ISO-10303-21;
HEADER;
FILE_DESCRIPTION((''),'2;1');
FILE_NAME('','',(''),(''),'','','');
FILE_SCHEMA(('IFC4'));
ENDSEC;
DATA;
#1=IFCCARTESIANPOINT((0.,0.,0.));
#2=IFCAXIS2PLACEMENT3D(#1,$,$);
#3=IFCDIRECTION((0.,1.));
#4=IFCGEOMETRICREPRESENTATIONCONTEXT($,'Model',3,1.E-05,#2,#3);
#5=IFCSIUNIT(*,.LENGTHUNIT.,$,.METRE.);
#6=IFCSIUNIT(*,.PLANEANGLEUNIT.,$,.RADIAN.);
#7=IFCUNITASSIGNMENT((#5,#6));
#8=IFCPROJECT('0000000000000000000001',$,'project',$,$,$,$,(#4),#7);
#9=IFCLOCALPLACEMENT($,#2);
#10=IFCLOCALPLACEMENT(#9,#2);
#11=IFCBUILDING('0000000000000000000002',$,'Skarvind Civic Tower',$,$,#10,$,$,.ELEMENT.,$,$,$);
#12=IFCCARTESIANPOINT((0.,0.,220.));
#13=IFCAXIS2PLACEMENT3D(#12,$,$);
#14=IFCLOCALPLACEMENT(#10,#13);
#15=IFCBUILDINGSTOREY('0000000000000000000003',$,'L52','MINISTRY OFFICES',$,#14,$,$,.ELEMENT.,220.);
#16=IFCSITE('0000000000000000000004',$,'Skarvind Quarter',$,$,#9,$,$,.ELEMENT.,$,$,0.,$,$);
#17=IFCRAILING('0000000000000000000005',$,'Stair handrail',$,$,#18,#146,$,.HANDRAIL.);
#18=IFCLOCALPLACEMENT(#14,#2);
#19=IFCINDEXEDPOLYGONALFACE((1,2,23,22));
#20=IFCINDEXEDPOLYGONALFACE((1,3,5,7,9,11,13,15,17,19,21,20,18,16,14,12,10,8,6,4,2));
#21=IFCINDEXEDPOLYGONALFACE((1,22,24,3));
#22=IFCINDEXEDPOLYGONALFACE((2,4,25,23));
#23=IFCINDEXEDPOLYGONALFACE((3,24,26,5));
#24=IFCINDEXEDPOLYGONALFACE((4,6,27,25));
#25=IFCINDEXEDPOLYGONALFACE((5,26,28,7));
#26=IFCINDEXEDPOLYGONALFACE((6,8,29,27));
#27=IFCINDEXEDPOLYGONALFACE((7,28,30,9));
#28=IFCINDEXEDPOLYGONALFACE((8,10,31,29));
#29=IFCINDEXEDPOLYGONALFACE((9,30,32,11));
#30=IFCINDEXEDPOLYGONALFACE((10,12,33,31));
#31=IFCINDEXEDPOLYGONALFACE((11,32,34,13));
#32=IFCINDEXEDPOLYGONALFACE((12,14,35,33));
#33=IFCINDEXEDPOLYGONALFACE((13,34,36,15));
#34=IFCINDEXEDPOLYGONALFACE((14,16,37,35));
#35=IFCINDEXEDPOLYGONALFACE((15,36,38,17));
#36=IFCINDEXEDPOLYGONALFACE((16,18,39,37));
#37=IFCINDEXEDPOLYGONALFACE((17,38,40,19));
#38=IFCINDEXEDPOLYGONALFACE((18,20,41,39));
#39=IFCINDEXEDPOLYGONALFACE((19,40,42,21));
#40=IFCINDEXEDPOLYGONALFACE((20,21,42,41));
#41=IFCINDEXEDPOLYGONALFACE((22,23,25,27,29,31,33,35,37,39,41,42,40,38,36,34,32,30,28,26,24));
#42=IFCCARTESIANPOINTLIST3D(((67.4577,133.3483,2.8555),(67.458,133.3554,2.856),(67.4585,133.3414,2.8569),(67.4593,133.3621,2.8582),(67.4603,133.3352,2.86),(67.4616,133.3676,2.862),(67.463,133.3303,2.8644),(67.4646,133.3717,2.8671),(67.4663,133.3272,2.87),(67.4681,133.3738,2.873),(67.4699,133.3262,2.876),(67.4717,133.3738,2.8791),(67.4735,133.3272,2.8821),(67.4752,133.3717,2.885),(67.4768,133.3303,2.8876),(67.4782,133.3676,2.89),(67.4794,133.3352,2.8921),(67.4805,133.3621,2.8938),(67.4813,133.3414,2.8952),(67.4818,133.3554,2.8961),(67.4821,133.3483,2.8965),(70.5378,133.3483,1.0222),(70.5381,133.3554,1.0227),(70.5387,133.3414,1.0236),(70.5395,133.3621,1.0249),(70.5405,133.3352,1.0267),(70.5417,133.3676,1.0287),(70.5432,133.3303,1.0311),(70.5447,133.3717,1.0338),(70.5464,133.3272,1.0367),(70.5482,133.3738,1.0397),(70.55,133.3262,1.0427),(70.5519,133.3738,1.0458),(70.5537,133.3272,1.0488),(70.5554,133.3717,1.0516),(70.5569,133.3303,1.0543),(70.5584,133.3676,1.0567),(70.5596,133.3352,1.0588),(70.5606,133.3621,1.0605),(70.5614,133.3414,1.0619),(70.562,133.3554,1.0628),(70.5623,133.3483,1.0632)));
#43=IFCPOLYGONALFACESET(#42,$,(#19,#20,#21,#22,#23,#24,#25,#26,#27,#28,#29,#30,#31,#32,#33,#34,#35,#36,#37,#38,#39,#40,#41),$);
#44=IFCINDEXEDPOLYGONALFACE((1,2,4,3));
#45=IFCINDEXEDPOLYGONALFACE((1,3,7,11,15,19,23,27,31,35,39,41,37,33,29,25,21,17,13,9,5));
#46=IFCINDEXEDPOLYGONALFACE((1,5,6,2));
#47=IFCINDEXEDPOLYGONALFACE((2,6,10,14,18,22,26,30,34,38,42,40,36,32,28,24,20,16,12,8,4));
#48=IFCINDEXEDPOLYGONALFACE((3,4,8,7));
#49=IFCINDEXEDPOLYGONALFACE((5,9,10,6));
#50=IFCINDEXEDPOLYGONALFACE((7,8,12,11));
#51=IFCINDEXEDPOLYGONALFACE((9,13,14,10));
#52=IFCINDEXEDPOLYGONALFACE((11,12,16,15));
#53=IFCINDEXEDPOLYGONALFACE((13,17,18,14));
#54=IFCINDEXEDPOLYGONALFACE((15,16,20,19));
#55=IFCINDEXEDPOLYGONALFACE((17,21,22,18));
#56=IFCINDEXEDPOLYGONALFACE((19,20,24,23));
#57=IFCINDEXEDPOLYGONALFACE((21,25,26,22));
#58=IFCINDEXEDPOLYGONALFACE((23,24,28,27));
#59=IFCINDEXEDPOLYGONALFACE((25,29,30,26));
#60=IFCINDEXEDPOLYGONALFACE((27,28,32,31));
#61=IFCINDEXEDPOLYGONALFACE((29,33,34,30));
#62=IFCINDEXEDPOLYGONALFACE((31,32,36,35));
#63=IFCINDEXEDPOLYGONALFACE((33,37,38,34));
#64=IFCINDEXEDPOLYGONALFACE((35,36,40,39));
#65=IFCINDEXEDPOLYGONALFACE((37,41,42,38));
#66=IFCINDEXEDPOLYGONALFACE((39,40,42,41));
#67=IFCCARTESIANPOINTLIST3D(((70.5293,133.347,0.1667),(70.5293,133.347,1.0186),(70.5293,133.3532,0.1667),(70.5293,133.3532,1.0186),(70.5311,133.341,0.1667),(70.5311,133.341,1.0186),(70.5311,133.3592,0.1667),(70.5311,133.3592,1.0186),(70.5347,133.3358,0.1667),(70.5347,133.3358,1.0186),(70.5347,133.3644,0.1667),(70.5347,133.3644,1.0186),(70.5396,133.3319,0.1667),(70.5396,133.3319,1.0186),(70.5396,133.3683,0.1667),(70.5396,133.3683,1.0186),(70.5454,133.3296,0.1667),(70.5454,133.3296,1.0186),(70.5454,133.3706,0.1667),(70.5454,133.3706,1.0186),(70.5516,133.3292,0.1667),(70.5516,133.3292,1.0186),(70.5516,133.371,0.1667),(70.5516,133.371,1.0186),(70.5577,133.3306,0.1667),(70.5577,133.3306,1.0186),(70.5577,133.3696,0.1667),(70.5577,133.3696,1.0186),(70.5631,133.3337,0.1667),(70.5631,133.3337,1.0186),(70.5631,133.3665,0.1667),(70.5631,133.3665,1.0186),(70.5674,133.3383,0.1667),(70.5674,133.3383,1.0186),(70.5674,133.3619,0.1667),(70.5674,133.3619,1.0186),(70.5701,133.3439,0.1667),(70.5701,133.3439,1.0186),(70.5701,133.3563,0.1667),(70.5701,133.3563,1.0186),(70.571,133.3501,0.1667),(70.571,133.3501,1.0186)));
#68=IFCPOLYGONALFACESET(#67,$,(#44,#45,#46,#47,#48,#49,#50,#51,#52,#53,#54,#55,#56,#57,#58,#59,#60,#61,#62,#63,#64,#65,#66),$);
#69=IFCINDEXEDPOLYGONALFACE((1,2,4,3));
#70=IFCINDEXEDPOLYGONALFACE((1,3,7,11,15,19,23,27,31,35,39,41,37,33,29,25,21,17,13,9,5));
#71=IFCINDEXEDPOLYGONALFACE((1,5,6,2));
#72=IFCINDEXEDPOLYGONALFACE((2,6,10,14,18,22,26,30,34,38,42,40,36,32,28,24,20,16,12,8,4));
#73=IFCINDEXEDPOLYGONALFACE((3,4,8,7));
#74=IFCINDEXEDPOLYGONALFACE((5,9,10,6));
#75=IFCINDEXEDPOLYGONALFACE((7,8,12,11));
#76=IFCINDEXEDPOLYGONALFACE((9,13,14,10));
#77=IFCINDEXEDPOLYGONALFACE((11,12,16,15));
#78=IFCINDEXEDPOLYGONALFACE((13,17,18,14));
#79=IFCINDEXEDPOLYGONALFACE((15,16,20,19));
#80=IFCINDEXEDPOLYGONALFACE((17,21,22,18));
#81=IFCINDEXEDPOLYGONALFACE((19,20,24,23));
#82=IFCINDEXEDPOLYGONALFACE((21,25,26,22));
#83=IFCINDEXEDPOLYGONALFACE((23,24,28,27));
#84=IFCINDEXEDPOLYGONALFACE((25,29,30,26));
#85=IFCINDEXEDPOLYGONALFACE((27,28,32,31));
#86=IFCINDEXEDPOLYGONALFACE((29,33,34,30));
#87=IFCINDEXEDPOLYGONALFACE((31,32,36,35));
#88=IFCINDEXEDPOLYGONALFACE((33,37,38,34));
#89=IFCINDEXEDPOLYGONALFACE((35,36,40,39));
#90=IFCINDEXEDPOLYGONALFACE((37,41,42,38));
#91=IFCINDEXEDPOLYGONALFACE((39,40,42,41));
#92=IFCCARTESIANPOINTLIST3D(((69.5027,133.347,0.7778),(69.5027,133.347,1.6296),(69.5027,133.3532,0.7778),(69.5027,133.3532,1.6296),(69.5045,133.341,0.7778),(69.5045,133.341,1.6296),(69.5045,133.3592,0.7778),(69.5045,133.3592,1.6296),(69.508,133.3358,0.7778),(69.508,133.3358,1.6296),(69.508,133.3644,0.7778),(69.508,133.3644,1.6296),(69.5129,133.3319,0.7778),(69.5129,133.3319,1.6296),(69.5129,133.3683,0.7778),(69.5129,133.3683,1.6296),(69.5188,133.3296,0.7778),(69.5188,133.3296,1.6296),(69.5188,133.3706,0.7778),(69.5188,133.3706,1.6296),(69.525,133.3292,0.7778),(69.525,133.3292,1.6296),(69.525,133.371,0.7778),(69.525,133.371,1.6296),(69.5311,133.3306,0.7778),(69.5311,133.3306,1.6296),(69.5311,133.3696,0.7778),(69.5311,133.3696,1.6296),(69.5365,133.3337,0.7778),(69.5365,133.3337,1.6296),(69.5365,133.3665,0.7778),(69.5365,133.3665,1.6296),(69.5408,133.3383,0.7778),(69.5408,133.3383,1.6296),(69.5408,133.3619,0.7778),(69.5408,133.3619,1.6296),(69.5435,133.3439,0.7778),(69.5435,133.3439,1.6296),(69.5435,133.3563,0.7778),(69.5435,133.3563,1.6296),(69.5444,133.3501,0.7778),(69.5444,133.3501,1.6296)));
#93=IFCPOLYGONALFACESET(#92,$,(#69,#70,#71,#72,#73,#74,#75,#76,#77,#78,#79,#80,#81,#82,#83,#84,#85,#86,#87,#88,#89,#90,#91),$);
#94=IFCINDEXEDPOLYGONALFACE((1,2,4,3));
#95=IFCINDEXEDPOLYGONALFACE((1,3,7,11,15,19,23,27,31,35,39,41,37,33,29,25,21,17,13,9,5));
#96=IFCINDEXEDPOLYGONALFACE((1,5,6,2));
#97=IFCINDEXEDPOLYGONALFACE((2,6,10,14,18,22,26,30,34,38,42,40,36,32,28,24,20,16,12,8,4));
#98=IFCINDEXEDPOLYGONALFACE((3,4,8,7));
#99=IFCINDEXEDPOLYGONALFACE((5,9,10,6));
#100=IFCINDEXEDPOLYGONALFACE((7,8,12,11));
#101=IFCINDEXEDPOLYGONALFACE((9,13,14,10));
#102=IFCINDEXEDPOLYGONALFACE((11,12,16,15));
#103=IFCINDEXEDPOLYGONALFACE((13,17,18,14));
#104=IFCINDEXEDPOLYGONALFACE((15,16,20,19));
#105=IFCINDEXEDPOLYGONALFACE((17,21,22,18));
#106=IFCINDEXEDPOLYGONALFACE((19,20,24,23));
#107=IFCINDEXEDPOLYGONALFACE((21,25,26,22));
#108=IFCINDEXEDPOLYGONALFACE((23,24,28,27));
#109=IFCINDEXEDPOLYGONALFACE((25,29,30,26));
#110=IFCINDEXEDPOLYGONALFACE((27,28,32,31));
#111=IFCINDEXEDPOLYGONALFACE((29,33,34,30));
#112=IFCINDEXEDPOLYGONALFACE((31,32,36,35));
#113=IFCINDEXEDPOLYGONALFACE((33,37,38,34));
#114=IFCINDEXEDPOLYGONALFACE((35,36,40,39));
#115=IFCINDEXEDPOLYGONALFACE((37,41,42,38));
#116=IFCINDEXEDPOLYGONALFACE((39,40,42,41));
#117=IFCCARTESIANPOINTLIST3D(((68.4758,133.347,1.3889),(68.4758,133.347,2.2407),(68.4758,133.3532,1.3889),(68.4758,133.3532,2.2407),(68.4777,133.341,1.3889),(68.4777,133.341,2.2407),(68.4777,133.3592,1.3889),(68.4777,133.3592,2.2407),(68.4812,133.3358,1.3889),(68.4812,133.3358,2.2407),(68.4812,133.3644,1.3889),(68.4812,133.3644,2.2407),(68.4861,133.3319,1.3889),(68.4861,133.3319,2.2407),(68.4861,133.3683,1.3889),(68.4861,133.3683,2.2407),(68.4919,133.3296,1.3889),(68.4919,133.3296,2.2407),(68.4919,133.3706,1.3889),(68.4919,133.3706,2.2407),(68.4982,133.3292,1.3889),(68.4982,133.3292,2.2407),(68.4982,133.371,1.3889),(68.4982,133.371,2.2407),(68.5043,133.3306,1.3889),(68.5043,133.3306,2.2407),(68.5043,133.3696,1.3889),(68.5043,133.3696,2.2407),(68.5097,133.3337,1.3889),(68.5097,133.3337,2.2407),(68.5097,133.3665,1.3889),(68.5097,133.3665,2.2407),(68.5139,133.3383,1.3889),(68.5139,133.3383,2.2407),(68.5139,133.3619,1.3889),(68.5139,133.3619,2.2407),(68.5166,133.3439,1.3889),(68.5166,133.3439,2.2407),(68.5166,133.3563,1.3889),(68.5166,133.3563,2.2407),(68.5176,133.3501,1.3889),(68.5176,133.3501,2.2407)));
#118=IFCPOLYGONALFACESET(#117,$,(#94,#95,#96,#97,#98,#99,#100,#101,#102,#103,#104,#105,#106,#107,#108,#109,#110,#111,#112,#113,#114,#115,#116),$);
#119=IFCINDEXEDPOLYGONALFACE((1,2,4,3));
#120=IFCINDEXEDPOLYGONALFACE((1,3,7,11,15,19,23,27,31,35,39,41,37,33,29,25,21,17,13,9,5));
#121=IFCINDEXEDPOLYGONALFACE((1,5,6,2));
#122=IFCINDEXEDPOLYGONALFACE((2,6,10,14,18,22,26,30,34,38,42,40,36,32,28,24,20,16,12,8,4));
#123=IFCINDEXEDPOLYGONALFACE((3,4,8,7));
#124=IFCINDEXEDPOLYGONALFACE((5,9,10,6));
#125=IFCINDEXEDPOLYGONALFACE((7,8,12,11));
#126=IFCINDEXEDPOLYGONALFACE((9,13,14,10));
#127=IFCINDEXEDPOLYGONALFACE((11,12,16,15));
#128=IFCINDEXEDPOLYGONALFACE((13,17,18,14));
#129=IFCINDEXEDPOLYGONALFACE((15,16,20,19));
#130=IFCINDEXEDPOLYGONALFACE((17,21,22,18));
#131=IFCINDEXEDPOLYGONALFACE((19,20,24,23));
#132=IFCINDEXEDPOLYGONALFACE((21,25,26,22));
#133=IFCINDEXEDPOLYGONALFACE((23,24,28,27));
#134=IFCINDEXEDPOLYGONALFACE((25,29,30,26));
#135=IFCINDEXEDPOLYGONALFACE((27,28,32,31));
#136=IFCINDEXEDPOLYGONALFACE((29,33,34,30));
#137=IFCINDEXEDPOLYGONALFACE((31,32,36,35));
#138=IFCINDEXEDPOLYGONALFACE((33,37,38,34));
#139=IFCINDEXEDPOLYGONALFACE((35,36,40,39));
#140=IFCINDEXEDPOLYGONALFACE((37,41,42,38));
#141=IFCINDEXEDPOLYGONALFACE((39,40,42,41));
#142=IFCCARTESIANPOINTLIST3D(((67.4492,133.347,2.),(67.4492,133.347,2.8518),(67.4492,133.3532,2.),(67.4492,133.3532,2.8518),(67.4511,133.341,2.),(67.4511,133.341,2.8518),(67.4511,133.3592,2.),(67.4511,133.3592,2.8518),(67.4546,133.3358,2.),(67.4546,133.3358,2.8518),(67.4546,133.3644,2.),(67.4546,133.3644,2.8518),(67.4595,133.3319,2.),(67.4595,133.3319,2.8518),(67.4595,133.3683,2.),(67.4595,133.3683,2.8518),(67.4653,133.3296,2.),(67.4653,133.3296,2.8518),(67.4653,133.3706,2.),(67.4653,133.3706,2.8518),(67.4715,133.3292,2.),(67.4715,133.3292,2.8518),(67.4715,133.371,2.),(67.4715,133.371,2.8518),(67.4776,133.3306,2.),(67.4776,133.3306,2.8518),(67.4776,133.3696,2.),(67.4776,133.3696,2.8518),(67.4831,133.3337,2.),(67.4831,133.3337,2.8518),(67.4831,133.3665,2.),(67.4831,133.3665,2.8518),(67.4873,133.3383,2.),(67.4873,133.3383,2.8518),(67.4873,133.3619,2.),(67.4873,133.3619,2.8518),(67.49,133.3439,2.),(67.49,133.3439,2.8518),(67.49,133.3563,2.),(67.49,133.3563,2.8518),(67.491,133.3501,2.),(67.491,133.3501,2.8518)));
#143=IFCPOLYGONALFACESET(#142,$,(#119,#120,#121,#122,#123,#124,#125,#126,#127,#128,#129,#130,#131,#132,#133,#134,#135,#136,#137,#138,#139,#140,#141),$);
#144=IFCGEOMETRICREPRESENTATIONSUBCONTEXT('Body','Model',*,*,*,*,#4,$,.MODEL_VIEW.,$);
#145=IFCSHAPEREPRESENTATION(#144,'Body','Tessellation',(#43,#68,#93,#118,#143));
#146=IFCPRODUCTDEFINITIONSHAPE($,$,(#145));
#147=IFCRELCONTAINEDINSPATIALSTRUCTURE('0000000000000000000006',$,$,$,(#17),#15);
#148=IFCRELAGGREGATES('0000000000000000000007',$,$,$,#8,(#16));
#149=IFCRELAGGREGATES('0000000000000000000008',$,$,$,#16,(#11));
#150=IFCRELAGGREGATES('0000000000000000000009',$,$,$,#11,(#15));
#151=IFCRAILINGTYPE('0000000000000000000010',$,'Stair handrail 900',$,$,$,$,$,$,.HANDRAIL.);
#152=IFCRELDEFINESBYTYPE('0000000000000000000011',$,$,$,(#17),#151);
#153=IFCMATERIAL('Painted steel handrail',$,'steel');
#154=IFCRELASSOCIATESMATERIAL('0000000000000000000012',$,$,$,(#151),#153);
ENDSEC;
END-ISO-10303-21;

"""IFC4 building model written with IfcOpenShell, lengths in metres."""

from ifc_helpers import new_model, si_unit, direction, frame, origin, origin_2d, place, context, subcontext, project, spatial, circle, extrude, material, type_object, element, save


model = new_model("IFC4")

# Units and contexts
model_context = context("Model", 3, precision=1e-05, world=origin(), true_north=direction((0.0, 1.0)))
body_context = subcontext(model_context, "Body", "Model", "MODEL_VIEW")
ifc_project = project(units=[si_unit("LENGTHUNIT", "METRE"), si_unit("PLANEANGLEUNIT", "RADIAN")], contexts=[model_context])

# Site, building, storey
site_placement = place(None, origin())
site = spatial("IfcSite", under=ifc_project, at=site_placement, Name="Skarvind Quarter", CompositionType="ELEMENT", RefElevation=0.0)
building_placement = place(site_placement, origin())
building = spatial("IfcBuilding", under=site, at=building_placement, Name="Skarvind Civic Tower", CompositionType="ELEMENT")
storey_placement = place(building_placement, frame((0.0, 0.0, 220.0)))
storey = spatial("IfcBuildingStorey", under=building, at=storey_placement, Name="L52", Description="MINISTRY OFFICES", CompositionType="ELEMENT", Elevation=220.0)

# Railing
ifc_material_1 = material(Name="Painted steel handrail", Category="steel")
railing_type = type_object("IfcRailingType", Name="Stair handrail 900", PredefinedType="HANDRAIL", material=ifc_material_1)
railing_1_placement = place(storey_placement, frame((70.55, 133.3501, 0.1667)))
element("IfcRailing", 1, at=railing_1_placement, inside=storey, type_object=railing_type, Name="Stair handrail", PredefinedType="HANDRAIL", context=body_context, shape_type="SweptSolid", body=[
    extrude(circle(Radius=0.0239, at=origin_2d()), frame((0.0, 0.0, 0.876), z_axis=(-0.859309, 0.0, 0.511458), x_axis=(0.0, -1.0, 0.0)), (0.0, 0.0, 1.0), 3.5845),
    extrude(circle(Radius=0.021, at=origin_2d()), origin(), (0.0, 0.0, 1.0), 0.8518),
    extrude(circle(Radius=0.021, at=origin_2d()), frame((-1.0266, 0.0, 0.6111)), (0.0, 0.0, 1.0), 0.8518),
    extrude(circle(Radius=0.021, at=origin_2d()), frame((-2.0535, 0.0, 1.2222)), (0.0, 0.0, 1.0), 0.8518),
    extrude(circle(Radius=0.021, at=origin_2d()), frame((-3.0801, 0.0, 1.8333)), (0.0, 0.0, 1.0), 0.8518),
])

save(model, "model.ifc")
